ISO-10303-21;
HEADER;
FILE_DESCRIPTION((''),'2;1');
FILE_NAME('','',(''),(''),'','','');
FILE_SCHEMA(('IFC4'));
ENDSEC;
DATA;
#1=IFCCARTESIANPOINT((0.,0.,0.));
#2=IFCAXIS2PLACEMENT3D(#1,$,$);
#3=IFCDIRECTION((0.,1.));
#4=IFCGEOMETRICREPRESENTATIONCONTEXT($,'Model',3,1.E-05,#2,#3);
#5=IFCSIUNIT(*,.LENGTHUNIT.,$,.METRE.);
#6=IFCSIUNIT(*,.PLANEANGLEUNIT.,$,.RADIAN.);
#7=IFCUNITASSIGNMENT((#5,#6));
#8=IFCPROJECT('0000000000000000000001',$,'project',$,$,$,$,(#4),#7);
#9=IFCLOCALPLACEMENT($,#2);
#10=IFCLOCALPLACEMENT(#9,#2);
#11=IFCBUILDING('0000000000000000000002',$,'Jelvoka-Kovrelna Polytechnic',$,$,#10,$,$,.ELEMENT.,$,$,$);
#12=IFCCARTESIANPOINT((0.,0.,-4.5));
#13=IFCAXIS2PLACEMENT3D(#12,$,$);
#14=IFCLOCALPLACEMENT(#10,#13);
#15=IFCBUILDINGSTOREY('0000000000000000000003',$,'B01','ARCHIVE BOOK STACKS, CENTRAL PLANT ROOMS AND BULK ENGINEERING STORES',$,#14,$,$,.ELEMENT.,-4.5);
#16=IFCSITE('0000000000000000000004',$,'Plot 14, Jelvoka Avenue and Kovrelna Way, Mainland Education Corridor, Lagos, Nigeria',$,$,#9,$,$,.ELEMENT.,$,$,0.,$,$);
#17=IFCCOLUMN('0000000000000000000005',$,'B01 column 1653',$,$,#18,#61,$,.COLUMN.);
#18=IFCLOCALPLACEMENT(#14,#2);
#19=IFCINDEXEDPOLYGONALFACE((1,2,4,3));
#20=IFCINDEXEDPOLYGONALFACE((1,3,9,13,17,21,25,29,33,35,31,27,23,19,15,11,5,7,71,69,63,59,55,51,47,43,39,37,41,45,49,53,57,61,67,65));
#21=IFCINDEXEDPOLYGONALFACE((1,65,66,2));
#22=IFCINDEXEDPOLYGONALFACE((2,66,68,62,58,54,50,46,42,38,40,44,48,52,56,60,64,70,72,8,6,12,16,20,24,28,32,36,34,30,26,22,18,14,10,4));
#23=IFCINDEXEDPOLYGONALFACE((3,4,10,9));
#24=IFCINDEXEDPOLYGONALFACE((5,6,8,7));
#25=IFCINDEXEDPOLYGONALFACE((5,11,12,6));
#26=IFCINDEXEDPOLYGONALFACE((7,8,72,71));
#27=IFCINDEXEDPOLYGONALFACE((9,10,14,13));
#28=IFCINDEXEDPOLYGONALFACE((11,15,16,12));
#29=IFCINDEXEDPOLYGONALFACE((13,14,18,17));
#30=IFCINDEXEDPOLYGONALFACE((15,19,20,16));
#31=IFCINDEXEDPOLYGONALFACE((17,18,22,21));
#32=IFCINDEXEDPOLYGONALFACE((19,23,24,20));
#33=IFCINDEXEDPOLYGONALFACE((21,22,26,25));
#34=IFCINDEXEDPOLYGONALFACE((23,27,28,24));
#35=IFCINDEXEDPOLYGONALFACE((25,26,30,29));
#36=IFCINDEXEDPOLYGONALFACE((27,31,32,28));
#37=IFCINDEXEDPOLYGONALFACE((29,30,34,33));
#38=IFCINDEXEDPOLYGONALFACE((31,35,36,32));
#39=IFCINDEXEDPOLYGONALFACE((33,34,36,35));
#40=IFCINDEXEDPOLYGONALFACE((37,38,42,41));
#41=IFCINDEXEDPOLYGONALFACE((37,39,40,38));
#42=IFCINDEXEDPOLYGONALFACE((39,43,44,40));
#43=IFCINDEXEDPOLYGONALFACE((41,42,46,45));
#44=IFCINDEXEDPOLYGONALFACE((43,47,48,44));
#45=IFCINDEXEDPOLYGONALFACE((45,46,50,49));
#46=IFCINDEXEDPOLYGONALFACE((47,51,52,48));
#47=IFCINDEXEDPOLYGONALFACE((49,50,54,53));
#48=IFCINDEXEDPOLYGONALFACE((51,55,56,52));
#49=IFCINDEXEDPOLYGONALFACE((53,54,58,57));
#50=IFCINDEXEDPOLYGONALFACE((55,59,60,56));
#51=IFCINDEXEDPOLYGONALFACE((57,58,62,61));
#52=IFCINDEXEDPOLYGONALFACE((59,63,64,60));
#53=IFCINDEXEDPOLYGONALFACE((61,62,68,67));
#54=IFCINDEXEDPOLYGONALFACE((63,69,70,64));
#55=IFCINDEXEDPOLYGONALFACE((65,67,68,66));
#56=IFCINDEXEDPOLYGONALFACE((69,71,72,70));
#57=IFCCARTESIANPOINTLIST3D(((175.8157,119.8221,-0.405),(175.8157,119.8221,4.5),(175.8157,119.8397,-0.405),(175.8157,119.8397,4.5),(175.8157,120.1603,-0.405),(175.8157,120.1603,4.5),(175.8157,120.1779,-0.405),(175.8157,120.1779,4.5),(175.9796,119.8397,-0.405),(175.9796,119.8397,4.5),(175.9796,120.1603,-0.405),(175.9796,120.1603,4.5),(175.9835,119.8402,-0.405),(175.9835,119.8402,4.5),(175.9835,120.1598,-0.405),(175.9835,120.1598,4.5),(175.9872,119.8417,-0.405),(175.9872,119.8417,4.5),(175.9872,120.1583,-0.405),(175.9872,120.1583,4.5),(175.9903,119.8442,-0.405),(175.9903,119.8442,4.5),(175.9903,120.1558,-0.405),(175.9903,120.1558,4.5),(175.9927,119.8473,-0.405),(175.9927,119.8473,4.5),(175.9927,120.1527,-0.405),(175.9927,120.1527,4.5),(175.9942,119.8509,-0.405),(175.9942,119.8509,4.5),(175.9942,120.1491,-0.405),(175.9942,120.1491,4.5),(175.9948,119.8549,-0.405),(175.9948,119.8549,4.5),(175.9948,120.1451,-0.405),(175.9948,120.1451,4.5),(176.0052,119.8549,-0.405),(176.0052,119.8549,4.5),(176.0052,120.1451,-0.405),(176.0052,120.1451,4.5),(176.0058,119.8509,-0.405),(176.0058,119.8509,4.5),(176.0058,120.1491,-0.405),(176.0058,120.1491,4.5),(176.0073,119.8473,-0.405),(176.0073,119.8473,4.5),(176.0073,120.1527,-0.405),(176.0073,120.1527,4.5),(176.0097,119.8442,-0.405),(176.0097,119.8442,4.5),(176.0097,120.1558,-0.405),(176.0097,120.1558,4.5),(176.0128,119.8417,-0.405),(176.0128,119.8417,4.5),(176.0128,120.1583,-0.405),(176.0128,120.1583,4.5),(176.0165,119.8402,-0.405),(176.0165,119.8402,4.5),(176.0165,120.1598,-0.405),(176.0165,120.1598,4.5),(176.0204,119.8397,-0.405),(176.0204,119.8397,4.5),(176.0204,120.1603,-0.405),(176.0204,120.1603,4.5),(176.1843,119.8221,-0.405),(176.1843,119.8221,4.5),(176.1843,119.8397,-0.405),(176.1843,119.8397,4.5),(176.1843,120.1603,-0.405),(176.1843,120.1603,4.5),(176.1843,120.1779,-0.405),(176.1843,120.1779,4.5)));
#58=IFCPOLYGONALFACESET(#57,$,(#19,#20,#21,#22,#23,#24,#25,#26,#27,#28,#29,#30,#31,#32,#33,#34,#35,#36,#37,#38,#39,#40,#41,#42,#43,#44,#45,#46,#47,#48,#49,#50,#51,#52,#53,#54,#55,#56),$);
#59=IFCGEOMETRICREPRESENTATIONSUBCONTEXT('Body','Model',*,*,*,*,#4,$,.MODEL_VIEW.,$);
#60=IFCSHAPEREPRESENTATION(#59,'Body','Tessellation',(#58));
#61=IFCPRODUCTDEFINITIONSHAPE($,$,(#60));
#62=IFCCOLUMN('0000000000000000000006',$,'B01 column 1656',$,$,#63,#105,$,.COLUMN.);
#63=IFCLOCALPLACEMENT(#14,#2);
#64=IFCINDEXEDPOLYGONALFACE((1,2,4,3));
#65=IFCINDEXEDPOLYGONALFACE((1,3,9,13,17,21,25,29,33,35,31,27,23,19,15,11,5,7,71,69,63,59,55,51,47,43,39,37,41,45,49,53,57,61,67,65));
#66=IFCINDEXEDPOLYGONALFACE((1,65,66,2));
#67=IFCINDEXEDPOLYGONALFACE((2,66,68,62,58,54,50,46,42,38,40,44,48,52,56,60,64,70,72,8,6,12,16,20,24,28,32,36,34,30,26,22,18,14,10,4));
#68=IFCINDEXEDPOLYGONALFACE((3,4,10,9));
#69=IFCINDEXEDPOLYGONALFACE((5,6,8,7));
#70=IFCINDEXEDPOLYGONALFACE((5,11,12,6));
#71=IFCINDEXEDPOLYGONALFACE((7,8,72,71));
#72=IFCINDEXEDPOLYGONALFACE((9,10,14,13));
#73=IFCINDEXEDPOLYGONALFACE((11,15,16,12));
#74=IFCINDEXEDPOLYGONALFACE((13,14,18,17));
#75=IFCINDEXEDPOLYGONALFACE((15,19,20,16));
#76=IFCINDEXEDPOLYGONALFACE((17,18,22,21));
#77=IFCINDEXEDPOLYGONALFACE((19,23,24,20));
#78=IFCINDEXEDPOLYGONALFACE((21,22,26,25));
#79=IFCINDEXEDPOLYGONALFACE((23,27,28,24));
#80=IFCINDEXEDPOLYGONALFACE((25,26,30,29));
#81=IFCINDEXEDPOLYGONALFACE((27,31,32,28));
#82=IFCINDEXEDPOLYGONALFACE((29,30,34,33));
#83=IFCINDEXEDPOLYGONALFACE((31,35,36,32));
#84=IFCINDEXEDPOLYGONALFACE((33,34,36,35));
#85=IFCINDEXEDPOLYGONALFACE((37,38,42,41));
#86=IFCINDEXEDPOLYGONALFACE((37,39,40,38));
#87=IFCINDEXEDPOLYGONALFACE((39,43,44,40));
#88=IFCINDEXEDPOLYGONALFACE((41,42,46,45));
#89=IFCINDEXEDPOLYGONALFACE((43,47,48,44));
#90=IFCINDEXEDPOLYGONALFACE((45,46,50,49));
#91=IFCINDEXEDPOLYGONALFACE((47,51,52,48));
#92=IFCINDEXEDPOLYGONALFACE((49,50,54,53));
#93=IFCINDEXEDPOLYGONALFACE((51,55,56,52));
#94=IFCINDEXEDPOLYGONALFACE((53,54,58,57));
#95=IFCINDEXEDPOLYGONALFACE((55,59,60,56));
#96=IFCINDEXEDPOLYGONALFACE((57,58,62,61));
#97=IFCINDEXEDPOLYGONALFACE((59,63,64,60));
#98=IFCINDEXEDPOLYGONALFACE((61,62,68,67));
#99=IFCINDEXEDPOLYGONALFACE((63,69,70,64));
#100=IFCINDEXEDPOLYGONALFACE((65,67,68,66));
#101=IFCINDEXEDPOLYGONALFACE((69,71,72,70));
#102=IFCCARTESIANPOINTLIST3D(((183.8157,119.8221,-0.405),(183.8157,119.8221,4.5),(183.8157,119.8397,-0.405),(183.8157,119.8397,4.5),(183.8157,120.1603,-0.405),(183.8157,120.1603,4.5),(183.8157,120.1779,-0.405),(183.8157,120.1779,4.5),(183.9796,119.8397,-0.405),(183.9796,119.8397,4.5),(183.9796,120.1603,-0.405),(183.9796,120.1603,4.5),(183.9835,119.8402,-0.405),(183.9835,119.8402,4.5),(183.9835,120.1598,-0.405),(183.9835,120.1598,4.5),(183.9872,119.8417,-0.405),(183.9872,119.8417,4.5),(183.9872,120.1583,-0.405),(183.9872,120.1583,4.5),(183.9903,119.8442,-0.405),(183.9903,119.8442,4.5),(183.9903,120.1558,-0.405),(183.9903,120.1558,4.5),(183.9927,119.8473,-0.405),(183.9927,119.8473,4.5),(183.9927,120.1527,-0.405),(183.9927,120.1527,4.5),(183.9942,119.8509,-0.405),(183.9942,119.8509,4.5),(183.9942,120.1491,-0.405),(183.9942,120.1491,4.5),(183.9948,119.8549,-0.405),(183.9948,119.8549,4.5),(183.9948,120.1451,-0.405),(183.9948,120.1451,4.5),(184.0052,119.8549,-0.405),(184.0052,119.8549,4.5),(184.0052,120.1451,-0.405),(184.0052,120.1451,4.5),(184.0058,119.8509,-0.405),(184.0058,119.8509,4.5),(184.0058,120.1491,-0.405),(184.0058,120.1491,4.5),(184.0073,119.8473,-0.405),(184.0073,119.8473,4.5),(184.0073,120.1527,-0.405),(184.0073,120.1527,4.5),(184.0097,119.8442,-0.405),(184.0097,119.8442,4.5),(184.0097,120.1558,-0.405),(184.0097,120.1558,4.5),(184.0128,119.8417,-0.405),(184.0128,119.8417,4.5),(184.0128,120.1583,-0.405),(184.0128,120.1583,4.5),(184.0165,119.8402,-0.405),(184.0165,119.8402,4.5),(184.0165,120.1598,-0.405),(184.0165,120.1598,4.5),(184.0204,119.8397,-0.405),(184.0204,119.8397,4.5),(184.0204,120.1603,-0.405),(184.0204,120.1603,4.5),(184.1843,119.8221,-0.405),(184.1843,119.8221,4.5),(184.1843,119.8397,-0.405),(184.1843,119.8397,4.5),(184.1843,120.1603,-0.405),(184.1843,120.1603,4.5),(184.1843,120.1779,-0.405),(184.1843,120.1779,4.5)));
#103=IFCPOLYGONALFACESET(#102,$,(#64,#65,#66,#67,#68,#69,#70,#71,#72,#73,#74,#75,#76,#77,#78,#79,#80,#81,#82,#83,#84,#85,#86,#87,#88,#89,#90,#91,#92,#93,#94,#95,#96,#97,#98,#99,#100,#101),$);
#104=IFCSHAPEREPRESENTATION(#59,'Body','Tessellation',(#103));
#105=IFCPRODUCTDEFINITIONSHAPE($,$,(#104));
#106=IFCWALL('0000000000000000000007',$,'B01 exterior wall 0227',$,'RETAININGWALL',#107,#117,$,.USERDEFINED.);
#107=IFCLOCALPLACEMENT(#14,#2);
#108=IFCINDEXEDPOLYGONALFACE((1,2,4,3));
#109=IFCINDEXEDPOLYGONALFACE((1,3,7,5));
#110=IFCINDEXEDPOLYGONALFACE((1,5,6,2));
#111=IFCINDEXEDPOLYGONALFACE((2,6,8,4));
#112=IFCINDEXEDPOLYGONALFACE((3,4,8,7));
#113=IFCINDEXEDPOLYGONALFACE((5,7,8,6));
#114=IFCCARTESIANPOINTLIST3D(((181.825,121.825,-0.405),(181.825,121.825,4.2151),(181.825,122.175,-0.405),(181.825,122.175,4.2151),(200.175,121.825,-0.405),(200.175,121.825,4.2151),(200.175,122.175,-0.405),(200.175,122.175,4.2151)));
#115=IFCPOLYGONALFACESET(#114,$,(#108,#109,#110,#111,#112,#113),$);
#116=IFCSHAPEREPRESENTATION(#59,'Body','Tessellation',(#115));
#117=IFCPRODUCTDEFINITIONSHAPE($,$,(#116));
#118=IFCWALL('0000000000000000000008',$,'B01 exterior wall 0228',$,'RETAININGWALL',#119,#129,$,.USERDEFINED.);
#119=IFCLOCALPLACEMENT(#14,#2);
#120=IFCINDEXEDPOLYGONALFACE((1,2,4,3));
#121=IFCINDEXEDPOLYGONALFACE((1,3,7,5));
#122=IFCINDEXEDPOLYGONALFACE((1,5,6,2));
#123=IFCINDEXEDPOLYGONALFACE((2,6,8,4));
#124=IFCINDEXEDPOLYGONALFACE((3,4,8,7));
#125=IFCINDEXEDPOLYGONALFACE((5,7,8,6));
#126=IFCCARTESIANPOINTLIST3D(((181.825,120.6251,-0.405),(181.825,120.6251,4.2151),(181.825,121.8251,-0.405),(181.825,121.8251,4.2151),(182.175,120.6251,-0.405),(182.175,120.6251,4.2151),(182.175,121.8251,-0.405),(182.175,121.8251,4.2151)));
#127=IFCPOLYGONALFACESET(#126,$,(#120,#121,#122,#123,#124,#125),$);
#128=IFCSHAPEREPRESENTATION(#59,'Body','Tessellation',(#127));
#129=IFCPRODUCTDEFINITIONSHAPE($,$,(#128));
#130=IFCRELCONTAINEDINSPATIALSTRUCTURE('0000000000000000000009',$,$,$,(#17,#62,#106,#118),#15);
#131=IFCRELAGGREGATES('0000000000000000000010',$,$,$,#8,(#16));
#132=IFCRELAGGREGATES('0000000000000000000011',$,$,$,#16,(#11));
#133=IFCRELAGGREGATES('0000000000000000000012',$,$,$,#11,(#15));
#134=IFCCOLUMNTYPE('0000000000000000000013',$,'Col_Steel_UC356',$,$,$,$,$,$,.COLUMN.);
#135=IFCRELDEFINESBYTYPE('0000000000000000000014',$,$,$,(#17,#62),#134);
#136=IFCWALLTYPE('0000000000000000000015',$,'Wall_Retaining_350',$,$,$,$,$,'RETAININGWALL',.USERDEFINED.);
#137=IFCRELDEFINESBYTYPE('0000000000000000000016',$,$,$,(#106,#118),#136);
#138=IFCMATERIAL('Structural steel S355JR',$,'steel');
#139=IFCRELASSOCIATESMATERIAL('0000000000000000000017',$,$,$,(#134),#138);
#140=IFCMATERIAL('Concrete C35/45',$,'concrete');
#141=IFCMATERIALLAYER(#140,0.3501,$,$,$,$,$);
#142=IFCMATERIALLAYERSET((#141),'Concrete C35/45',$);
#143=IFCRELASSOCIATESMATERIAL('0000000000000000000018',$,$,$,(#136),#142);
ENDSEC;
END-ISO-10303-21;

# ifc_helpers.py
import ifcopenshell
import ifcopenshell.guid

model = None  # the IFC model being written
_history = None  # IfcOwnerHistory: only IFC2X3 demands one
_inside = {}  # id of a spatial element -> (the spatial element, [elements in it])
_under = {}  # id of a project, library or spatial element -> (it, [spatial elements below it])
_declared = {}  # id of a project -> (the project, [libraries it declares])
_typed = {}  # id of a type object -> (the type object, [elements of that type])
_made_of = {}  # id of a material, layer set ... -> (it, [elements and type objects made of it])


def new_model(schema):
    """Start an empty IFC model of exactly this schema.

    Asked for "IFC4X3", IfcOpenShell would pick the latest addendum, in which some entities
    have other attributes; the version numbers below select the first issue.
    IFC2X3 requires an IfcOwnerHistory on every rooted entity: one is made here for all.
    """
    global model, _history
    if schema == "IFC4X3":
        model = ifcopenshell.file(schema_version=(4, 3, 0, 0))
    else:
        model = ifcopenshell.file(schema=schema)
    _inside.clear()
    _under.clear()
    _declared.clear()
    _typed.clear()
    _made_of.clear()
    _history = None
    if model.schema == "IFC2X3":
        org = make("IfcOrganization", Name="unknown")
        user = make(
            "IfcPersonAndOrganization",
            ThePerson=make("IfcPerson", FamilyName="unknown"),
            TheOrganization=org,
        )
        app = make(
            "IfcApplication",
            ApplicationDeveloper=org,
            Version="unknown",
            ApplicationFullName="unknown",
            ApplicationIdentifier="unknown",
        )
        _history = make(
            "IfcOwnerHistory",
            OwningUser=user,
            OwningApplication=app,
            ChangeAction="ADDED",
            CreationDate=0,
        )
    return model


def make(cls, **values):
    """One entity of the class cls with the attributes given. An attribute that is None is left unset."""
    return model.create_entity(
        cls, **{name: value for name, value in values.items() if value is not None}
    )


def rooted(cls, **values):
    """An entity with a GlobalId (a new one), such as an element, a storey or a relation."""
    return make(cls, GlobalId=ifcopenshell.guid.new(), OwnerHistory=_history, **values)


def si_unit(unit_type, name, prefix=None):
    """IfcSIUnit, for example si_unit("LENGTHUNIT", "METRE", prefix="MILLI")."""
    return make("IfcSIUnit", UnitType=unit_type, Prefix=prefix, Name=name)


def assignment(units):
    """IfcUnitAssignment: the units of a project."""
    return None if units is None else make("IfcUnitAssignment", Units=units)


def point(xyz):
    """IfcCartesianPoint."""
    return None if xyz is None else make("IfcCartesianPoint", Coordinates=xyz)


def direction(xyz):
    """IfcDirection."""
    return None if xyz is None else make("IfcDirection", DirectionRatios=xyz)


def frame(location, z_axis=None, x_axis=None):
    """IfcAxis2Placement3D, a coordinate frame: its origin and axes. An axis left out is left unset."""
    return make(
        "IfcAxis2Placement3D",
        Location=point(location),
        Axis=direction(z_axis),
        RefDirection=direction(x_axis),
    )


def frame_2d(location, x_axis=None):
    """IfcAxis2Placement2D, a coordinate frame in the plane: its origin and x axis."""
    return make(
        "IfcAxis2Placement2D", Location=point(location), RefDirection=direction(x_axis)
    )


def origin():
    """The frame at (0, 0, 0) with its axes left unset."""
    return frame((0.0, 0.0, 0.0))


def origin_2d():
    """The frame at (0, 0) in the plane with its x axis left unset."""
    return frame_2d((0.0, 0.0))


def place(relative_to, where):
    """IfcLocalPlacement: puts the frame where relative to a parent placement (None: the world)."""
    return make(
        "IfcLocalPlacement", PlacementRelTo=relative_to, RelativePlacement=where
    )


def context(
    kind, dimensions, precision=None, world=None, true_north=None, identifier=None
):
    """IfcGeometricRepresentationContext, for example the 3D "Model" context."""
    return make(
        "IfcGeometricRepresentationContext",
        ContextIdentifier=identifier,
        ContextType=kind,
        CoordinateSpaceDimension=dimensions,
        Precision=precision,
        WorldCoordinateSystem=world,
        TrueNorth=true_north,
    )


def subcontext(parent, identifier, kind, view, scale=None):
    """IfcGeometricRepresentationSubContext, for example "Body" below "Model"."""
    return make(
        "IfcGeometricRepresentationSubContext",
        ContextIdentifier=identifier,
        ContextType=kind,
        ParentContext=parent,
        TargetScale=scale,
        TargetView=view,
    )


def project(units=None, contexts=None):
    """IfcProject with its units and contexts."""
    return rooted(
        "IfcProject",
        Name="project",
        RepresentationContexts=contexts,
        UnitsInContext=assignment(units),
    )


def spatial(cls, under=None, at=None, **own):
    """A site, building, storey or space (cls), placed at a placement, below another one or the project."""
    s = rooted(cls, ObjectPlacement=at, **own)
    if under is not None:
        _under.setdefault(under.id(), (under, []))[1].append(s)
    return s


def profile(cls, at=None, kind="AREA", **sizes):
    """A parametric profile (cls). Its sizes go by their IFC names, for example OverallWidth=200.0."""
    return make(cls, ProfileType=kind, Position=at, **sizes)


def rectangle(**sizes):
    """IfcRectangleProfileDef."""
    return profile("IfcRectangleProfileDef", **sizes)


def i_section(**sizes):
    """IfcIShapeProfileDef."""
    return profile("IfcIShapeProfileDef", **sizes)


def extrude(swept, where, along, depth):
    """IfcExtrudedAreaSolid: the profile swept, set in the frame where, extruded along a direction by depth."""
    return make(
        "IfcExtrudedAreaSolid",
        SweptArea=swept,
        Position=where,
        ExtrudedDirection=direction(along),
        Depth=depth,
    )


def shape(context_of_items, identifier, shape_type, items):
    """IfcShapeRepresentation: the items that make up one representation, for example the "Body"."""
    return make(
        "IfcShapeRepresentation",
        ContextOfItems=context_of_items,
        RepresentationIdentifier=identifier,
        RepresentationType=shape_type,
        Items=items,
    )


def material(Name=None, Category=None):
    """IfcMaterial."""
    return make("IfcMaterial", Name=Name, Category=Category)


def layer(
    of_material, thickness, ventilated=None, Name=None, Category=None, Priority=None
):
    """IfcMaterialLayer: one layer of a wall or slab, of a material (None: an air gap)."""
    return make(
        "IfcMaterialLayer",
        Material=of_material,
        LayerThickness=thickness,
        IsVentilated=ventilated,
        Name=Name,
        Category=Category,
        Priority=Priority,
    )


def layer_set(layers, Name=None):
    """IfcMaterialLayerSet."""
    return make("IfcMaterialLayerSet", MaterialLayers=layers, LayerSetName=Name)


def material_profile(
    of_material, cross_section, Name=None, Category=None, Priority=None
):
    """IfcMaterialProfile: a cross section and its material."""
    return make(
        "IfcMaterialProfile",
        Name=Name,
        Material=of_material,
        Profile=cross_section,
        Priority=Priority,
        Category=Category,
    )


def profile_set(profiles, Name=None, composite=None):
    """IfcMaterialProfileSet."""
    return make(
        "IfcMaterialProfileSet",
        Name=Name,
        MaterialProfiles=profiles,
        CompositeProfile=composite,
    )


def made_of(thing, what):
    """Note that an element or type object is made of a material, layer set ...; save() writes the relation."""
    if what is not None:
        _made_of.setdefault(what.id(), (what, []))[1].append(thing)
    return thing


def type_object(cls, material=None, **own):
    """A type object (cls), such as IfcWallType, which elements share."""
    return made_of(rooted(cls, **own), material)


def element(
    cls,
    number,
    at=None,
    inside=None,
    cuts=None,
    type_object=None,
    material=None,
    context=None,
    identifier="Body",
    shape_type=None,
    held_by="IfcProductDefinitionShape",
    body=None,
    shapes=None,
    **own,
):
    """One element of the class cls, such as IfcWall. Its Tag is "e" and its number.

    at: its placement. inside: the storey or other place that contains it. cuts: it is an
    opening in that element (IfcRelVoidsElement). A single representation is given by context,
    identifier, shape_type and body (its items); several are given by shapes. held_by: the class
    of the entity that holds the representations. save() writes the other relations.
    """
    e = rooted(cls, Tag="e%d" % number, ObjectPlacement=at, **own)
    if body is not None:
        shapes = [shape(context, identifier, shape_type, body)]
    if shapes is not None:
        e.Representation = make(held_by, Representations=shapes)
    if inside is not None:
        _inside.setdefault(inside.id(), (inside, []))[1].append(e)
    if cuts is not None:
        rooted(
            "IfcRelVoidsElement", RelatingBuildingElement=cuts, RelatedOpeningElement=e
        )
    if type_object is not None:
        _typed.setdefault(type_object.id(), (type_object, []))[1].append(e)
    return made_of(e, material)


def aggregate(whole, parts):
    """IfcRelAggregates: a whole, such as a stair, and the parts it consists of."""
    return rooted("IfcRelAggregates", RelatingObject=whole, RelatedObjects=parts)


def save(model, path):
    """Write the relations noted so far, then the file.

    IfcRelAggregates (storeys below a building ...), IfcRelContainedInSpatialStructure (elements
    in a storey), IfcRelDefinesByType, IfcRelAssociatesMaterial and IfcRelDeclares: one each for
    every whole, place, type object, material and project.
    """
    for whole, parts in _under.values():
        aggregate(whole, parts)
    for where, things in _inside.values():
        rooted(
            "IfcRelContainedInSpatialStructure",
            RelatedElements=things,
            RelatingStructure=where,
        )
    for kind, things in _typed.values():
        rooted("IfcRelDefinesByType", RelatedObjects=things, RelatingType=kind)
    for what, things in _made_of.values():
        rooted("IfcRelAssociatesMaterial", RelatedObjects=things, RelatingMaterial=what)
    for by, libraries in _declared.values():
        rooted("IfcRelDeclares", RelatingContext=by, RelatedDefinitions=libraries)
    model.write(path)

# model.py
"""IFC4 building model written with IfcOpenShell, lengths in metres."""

from ifc_helpers import new_model, si_unit, direction, frame, frame_2d, origin, origin_2d, place, context, subcontext, project, spatial, rectangle, i_section, extrude, material, layer, layer_set, material_profile, profile_set, type_object, element, save


model = new_model("IFC4")

# Units and contexts
model_context = context("Model", 3, precision=1e-05, world=origin(), true_north=direction((0.0, 1.0)))
body_context = subcontext(model_context, "Body", "Model", "MODEL_VIEW")
ifc_project = project(units=[si_unit("LENGTHUNIT", "METRE"), si_unit("PLANEANGLEUNIT", "RADIAN")], contexts=[model_context])

# Site, building, storey
site_placement = place(None, origin())
site = spatial("IfcSite", under=ifc_project, at=site_placement, Name="Plot 14, Jelvoka Avenue and Kovrelna Way, Mainland Education Corridor, Lagos, Nigeria", CompositionType="ELEMENT", RefElevation=0.0)
building_placement = place(site_placement, origin())
building = spatial("IfcBuilding", under=site, at=building_placement, Name="Jelvoka-Kovrelna Polytechnic", CompositionType="ELEMENT")
storey_placement = place(building_placement, frame((0.0, 0.0, -4.5)))
storey = spatial("IfcBuildingStorey", under=building, at=storey_placement, Name="B01", Description="ARCHIVE BOOK STACKS, CENTRAL PLANT ROOMS AND BULK ENGINEERING STORES", CompositionType="ELEMENT", Elevation=-4.5)

# Columns
ifc_material_1 = material(Name="Structural steel S355JR", Category="steel")
ifc_material_profile_1 = material_profile(ifc_material_1, i_section(OverallWidth=0.3687, OverallDepth=0.3557, WebThickness=0.0105, FlangeThickness=0.0176, FilletRadius=0.0151, at=origin_2d()), Name="356x368x129 UC")
ifc_profile_set_1 = profile_set([ifc_material_profile_1], Name="Structural steel S355JR")
column_type_1 = type_object("IfcColumnType", Name="Col_Steel_UC356", PredefinedType="COLUMN", material=ifc_profile_set_1)
for number, where, z_axis, x_axis, name in (
    (1, (176.0, 120.0, -0.405), (0.0, 0.0, 1.0), (1.0, 0.0, 0.0), "B01 column 1653"),
    (2, (184.0, 120.0, -0.405), (0.0, 0.0, 1.0), (1.0, 0.0, 0.0), "B01 column 1656"),
):
    element("IfcColumn", number, at=place(storey_placement, frame(where, z_axis=z_axis, x_axis=x_axis)), inside=storey, type_object=column_type_1, Name=name, PredefinedType="COLUMN", context=body_context, shape_type="SweptSolid", body=[
        extrude(i_section(OverallWidth=0.3687, OverallDepth=0.3557, WebThickness=0.0105, FlangeThickness=0.0176, FilletRadius=0.0151, at=origin_2d()), origin(), (0.0, 0.0, 1.0), 4.905),
    ])

# Walls
ifc_material_2 = material(Name="Concrete C35/45", Category="concrete")
ifc_layer = layer(ifc_material_2, 0.3501)
ifc_layer_set = layer_set([ifc_layer], Name="Concrete C35/45")
wall_type = type_object("IfcWallType", Name="Wall_Retaining_350", ElementType="RETAININGWALL", PredefinedType="USERDEFINED", material=ifc_layer_set)
wall_1_placement = place(storey_placement, frame((181.825, 122.0, -0.405), z_axis=(0.0, 0.0, 1.0), x_axis=(1.0, 0.0, 0.0)))
element("IfcWall", 3, at=wall_1_placement, inside=storey, type_object=wall_type, Name="B01 exterior wall 0227", ObjectType="RETAININGWALL", PredefinedType="USERDEFINED", context=body_context, shape_type="SweptSolid", body=[
    extrude(rectangle(XDim=18.3501, YDim=0.3501, at=frame_2d((9.175, 0.0))), origin(), (0.0, 0.0, 1.0), 4.6201),
])
wall_2_placement = place(storey_placement, frame((182.0, 120.625, -0.405), z_axis=(0.0, 0.0, 1.0), x_axis=(0.0, 1.0, 0.0)))
element("IfcWall", 4, at=wall_2_placement, inside=storey, type_object=wall_type, Name="B01 exterior wall 0228", ObjectType="RETAININGWALL", PredefinedType="USERDEFINED", context=body_context, shape_type="SweptSolid", body=[
    extrude(rectangle(XDim=1.2, YDim=0.3501, at=frame_2d((0.6001, 0.0))), origin(), (0.0, 0.0, 1.0), 4.6201),
])

save(model, "model.ifc")
